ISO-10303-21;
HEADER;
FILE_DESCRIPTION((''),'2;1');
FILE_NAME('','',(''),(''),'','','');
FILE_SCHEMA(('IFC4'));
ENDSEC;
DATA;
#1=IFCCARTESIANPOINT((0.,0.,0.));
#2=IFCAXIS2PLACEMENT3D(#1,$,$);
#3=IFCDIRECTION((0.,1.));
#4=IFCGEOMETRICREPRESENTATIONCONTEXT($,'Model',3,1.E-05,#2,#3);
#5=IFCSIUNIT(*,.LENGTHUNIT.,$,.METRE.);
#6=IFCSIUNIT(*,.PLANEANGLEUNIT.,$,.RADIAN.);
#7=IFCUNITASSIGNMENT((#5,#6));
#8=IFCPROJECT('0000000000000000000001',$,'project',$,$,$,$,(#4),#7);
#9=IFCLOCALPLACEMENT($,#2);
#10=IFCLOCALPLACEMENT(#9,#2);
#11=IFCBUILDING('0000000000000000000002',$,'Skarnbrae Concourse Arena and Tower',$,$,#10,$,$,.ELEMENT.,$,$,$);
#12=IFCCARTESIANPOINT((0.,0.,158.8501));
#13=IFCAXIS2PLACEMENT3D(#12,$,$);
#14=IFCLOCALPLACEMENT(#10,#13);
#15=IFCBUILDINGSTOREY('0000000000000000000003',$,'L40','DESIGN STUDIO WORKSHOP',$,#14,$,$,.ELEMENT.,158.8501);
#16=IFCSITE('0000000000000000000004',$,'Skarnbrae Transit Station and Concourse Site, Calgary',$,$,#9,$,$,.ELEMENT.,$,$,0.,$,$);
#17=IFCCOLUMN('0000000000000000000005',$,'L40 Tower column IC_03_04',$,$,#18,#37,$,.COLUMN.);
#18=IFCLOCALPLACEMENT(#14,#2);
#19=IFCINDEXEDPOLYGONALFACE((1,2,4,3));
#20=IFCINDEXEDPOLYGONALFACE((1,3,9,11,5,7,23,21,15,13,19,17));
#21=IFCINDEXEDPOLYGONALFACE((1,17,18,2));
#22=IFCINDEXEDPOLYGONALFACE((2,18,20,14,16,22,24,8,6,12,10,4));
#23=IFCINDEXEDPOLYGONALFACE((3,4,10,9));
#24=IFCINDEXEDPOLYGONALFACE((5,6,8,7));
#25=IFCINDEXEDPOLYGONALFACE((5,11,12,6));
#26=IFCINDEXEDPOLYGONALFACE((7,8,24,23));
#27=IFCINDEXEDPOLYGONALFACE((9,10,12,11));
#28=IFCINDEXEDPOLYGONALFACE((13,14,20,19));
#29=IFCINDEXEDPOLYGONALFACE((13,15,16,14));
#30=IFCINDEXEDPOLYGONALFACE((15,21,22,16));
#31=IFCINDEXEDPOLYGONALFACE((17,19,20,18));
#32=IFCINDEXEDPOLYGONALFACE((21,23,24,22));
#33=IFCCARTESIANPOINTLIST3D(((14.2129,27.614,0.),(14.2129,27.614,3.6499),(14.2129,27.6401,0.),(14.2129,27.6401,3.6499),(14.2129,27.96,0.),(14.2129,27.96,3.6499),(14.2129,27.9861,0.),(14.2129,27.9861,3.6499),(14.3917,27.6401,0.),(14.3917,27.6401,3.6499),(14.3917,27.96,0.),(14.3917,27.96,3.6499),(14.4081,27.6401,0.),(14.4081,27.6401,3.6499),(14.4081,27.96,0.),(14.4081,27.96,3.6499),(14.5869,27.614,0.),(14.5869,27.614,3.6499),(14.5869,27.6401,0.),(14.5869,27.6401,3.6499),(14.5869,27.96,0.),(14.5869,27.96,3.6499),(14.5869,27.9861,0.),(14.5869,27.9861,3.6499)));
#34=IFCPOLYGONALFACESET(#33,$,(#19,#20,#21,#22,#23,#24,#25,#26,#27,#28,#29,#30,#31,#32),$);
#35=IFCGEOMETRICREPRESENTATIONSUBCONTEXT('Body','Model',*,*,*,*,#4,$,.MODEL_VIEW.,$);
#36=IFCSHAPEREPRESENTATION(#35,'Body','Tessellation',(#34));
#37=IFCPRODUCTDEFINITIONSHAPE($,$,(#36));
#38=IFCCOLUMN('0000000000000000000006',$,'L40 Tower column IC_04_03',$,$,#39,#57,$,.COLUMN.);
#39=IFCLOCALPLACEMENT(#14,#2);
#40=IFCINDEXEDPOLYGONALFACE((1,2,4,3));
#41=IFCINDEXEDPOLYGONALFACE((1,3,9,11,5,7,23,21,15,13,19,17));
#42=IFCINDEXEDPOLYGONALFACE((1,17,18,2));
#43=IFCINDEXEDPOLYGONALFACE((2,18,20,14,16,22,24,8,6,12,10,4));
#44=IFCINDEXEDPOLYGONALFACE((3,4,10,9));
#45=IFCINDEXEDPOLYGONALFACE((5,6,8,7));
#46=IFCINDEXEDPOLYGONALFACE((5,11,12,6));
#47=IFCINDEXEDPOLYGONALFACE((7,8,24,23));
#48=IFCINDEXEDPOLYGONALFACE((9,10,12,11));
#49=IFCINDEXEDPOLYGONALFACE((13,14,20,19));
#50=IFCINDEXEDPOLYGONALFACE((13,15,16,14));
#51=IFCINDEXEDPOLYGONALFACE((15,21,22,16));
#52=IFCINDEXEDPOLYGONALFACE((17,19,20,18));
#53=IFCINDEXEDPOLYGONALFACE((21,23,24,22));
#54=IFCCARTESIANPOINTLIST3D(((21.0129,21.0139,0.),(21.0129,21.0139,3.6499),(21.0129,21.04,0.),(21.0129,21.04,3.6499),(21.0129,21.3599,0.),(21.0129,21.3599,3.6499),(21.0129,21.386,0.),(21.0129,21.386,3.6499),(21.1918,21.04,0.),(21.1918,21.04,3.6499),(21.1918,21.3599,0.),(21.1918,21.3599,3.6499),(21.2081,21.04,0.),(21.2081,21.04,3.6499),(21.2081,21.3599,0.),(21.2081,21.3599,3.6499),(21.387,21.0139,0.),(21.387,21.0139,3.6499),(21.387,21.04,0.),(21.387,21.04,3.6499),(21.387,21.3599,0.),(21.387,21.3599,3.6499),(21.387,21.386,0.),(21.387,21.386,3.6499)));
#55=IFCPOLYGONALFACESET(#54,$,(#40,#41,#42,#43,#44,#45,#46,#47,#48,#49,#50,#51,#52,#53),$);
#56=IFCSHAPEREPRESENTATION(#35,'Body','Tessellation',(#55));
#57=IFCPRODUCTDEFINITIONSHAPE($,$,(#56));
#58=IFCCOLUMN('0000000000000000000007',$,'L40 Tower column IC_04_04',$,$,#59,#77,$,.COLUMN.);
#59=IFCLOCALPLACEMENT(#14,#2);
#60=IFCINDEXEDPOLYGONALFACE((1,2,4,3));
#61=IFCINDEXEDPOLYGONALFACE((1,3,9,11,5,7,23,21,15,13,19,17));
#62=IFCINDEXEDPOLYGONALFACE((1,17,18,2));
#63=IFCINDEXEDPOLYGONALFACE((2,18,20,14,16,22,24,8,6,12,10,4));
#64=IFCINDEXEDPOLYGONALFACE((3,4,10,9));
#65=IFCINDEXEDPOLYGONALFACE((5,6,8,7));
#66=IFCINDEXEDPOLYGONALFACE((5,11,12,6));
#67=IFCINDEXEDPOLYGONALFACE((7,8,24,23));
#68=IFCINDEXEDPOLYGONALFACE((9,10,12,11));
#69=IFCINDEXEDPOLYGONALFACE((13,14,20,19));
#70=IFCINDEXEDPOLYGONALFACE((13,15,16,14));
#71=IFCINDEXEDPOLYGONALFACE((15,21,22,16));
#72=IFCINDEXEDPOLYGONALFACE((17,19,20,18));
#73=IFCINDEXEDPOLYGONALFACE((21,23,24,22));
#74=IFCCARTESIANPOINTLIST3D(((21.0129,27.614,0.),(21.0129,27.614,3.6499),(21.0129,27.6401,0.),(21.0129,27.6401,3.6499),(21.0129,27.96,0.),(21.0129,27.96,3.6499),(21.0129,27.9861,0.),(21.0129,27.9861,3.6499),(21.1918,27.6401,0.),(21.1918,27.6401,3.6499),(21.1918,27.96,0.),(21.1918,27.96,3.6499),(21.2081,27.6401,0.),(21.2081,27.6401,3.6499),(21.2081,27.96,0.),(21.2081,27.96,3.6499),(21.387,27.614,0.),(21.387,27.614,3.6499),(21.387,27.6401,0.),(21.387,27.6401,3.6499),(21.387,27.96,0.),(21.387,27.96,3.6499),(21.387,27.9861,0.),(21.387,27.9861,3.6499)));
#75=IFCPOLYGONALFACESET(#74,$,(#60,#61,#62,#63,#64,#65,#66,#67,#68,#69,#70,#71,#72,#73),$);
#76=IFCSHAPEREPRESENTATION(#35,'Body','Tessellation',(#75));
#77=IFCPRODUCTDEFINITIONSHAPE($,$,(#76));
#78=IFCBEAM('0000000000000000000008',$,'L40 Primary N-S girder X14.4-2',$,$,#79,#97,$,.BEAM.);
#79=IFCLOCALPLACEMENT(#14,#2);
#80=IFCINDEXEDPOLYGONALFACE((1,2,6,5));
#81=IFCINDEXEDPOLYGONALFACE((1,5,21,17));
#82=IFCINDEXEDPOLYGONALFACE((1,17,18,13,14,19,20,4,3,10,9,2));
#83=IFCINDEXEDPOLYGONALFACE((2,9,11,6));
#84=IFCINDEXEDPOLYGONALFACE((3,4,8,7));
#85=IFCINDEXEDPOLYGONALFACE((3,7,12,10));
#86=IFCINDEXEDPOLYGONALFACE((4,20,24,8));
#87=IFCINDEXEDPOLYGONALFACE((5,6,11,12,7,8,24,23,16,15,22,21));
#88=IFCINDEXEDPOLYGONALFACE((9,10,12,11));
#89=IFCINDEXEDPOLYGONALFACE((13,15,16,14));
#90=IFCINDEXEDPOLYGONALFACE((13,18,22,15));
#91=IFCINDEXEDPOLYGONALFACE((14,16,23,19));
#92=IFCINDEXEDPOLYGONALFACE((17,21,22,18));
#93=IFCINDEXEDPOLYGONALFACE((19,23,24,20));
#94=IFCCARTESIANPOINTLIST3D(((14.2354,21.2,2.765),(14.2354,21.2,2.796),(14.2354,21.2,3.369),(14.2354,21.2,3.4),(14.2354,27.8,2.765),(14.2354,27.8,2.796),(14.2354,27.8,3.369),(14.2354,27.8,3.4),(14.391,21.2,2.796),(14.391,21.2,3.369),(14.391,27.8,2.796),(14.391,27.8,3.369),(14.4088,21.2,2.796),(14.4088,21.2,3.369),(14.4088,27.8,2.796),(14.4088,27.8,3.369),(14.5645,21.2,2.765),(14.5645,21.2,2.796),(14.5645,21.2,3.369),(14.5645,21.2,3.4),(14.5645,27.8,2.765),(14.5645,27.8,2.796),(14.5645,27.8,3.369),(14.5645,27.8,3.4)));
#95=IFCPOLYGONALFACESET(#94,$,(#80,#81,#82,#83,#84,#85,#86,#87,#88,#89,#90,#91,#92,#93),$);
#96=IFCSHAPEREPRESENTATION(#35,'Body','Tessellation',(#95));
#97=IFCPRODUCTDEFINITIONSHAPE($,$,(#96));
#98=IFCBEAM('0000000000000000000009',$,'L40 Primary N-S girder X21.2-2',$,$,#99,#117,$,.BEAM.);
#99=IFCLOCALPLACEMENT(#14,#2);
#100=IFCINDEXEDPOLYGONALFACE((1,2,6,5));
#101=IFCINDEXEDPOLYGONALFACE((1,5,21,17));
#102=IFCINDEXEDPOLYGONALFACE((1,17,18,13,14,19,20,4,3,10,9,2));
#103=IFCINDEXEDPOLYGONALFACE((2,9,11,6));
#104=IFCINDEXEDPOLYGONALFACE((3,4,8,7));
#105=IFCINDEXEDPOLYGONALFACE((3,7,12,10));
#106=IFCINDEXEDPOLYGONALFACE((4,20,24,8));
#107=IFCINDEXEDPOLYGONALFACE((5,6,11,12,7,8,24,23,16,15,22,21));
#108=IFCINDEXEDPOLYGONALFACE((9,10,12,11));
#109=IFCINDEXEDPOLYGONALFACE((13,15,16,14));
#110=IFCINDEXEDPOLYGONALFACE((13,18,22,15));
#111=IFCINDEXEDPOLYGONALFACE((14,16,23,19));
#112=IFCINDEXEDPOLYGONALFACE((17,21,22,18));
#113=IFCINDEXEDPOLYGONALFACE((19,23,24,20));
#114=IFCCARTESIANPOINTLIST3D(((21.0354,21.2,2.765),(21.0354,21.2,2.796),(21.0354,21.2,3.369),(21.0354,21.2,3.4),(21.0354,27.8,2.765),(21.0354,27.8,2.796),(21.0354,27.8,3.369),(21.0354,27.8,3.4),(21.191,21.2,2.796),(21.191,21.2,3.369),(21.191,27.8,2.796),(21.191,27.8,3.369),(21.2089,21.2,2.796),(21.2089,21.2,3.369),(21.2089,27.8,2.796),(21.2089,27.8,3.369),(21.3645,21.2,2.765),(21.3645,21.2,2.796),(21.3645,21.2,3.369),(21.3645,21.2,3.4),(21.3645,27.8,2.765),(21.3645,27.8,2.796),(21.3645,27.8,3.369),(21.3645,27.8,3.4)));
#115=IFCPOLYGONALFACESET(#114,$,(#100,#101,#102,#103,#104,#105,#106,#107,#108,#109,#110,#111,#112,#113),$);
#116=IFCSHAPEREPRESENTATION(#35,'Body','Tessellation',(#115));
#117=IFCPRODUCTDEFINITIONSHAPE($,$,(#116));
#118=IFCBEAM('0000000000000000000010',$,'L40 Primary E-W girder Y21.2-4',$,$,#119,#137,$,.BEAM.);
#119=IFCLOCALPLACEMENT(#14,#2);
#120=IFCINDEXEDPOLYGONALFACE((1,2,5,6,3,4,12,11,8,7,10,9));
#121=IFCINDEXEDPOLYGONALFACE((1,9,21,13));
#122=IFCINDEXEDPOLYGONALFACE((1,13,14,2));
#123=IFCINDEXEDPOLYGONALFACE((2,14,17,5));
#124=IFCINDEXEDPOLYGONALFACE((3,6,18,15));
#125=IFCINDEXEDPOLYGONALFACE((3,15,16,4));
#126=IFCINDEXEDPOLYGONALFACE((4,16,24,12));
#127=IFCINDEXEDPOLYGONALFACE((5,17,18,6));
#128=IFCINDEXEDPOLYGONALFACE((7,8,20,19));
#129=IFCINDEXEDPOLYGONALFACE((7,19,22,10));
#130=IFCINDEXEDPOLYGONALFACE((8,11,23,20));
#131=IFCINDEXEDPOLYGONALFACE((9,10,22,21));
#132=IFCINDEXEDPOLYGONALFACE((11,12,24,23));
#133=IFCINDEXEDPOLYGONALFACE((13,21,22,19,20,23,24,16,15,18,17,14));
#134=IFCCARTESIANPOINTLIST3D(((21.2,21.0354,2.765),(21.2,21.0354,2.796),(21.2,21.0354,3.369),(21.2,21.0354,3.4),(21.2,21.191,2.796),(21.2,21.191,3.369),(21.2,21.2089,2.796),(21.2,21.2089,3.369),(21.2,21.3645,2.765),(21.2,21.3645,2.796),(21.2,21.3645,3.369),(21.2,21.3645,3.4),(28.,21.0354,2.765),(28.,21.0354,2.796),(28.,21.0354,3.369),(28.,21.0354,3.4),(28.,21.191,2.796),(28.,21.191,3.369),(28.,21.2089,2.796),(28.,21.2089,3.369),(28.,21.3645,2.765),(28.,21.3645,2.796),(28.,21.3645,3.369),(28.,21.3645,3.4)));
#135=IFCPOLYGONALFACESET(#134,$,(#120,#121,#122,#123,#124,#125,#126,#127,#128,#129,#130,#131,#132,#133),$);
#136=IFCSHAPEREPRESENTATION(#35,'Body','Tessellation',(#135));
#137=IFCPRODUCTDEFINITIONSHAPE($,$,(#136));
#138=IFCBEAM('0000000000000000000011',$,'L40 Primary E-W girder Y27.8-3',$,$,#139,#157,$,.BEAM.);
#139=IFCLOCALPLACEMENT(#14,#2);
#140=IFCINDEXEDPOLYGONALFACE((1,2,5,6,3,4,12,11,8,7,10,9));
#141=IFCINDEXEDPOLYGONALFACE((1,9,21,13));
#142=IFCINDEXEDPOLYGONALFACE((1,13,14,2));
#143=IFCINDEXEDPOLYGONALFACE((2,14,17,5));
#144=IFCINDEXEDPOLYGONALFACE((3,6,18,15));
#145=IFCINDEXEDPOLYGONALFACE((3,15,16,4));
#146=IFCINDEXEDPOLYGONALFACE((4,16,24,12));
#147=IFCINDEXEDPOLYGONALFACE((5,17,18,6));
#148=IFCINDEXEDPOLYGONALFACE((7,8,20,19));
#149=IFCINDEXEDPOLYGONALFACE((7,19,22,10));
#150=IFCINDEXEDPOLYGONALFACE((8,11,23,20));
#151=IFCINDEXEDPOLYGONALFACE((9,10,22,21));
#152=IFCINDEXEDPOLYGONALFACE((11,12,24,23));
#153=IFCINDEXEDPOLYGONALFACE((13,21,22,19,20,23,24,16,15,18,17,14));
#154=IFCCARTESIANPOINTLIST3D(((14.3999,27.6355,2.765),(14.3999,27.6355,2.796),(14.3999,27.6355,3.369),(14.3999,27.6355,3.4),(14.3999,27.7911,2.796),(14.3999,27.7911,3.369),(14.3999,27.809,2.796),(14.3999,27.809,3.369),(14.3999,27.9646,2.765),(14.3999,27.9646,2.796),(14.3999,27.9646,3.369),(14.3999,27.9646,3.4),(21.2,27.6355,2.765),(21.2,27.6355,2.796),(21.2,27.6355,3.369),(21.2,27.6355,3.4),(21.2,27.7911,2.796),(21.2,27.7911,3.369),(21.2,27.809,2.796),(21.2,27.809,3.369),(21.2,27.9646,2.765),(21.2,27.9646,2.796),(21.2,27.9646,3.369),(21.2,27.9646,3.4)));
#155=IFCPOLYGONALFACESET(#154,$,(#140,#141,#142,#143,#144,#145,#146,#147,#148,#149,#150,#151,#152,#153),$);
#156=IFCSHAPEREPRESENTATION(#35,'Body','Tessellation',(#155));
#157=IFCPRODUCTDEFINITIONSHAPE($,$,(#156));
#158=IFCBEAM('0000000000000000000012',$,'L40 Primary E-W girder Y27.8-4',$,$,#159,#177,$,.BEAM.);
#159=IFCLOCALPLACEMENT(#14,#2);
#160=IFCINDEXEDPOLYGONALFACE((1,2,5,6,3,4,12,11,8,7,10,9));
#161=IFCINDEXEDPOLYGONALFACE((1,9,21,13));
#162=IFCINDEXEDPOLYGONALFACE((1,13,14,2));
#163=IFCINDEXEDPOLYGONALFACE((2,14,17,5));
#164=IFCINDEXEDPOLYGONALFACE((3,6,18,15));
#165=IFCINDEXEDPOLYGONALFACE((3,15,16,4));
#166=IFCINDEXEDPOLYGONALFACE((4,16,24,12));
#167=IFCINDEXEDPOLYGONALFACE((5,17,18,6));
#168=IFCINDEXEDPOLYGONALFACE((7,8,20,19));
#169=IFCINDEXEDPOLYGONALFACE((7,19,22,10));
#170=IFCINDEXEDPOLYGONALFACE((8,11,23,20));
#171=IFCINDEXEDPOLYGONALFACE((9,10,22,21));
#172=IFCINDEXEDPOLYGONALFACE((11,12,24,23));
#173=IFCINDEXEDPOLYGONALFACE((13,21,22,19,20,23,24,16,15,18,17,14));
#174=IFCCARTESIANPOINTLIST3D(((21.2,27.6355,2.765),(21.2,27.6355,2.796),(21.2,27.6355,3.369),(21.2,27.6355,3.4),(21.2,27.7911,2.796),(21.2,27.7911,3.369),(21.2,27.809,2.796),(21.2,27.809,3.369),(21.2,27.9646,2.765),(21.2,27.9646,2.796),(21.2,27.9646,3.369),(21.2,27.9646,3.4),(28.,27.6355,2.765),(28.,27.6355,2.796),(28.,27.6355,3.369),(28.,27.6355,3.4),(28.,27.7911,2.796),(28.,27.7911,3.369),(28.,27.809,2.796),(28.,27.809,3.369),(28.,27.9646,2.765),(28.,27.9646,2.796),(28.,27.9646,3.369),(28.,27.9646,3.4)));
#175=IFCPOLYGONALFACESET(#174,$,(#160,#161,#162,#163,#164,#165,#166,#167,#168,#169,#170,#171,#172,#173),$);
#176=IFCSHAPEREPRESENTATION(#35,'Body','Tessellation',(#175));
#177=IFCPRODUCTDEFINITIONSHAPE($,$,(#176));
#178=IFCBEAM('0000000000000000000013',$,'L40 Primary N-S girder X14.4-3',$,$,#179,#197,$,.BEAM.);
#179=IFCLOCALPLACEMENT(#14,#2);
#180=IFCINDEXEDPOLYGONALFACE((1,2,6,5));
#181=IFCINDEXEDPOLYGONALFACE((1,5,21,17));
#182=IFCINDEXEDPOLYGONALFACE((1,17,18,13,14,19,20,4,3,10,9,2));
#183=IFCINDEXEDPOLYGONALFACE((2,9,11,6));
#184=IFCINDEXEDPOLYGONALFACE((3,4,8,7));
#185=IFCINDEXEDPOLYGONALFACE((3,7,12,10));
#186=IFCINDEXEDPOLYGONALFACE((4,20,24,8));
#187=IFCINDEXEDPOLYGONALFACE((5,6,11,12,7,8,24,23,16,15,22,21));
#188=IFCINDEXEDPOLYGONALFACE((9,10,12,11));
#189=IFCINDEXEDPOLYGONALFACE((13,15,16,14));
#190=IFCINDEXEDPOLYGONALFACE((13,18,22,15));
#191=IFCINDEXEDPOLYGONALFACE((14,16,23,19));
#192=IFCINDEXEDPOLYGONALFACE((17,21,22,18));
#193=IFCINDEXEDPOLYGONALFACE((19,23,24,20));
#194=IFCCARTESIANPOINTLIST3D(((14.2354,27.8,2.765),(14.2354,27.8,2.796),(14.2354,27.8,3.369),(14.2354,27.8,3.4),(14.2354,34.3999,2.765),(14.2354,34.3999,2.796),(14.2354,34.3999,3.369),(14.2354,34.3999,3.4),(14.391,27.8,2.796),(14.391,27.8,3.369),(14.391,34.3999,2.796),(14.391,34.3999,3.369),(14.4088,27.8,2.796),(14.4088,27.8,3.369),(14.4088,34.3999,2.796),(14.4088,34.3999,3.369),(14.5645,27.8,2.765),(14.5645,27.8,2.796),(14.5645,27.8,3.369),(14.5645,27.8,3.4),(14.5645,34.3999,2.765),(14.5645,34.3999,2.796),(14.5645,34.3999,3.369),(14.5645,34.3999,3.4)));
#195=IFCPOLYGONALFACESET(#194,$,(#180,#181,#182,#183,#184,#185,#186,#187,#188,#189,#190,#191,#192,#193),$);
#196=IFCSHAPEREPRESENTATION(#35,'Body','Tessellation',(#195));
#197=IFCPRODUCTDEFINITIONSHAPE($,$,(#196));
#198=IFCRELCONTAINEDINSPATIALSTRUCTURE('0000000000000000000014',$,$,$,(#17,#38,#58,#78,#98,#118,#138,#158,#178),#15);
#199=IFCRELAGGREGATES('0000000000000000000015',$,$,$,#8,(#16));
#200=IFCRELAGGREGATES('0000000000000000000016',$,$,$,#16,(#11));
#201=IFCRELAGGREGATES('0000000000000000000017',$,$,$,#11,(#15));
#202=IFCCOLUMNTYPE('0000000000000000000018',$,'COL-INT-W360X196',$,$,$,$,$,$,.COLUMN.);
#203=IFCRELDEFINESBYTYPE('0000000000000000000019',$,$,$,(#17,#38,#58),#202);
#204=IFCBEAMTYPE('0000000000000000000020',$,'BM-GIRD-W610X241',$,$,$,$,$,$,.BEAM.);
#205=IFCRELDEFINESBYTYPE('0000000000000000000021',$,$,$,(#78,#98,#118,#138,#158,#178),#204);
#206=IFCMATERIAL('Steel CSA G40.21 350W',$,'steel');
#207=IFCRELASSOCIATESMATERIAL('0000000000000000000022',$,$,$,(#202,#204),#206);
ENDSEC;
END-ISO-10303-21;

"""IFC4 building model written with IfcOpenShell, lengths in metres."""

from ifc_helpers import new_model, si_unit, direction, frame, origin, origin_2d, place, context, subcontext, project, spatial, i_section, extrude, source, transform, mapped, material, material_profile, profile_set, type_object, element, save


model = new_model("IFC4")

# Units and contexts
model_context = context("Model", 3, precision=1e-05, world=origin(), true_north=direction((0.0, 1.0)))
body_context = subcontext(model_context, "Body", "Model", "MODEL_VIEW")
ifc_project = project(units=[si_unit("LENGTHUNIT", "METRE"), si_unit("PLANEANGLEUNIT", "RADIAN")], contexts=[model_context])

# Site, building, storey
site_placement = place(None, origin())
site = spatial("IfcSite", under=ifc_project, at=site_placement, Name="Skarnbrae Transit Station and Concourse Site, Calgary", CompositionType="ELEMENT", RefElevation=0.0)
building_placement = place(site_placement, origin())
building = spatial("IfcBuilding", under=site, at=building_placement, Name="Skarnbrae Concourse Arena and Tower", CompositionType="ELEMENT")
storey_placement = place(building_placement, frame((0.0, 0.0, 158.8501)))
storey = spatial("IfcBuildingStorey", under=building, at=storey_placement, Name="L40", Description="DESIGN STUDIO WORKSHOP", CompositionType="ELEMENT", Elevation=158.8501)

# Columns
ifc_material_1 = material(Name="Steel CSA G40.21 350W", Category="steel")
ifc_material_profile_1 = material_profile(ifc_material_1, i_section(OverallWidth=0.374, OverallDepth=0.3721, WebThickness=0.0164, FlangeThickness=0.0261, at=origin_2d()), Name="W360X196")
ifc_profile_set_1 = profile_set([ifc_material_profile_1], Name="Steel CSA G40.21 350W")
column_type = type_object("IfcColumnType", Name="COL-INT-W360X196", PredefinedType="COLUMN", material=ifc_profile_set_1)
shared_shape_1 = source(origin(), body_context, "Body", "SweptSolid", [
    extrude(i_section(OverallWidth=0.374, OverallDepth=0.3721, WebThickness=0.0164, FlangeThickness=0.0261, at=origin_2d()), origin(), (0.0, 0.0, 1.0), 3.6499),
])
for number, where, z_axis, x_axis, name in (
    (1, (14.3999, 27.8, 0.0), (0.0, 0.0, 1.0), (1.0, 0.0, 0.0), "L40 Tower column IC_03_04"),
    (2, (21.2, 21.2, 0.0), (0.0, 0.0, 1.0), (1.0, 0.0, 0.0), "L40 Tower column IC_04_03"),
    (3, (21.2, 27.8, 0.0), (0.0, 0.0, 1.0), (1.0, 0.0, 0.0), "L40 Tower column IC_04_04"),
):
    element("IfcColumn", number, at=place(storey_placement, frame(where, z_axis=z_axis, x_axis=x_axis)), inside=storey, type_object=column_type, Name=name, PredefinedType="COLUMN", context=body_context, shape_type="MappedRepresentation", body=[
        mapped(shared_shape_1, transform((0.0, 0.0, 0.0))),
    ])

# Beams
ifc_material_profile_2 = material_profile(ifc_material_1, i_section(OverallWidth=0.3291, OverallDepth=0.635, WebThickness=0.0178, FlangeThickness=0.031, at=origin_2d()), Name="W610X241")
ifc_profile_set_2 = profile_set([ifc_material_profile_2], Name="Steel CSA G40.21 350W")
beam_type_1 = type_object("IfcBeamType", Name="BM-GIRD-W610X241", PredefinedType="BEAM", material=ifc_profile_set_2)
shared_shape_2 = source(origin(), body_context, "Body", "SweptSolid", [
    extrude(i_section(OverallWidth=0.3291, OverallDepth=0.635, WebThickness=0.0178, FlangeThickness=0.031, at=origin_2d()), origin(), (0.0, 0.0, 1.0), 6.6001),
])
for number, where, z_axis, x_axis, name in (
    (4, (14.3999, 21.2, 3.0825), (0.0, 1.0, 0.0), (-1.0, 0.0, 0.0), "L40 Primary N-S girder X14.4-2"),
    (5, (21.2, 21.2, 3.0825), (0.0, 1.0, 0.0), (-1.0, 0.0, 0.0), "L40 Primary N-S girder X21.2-2"),
):
    element("IfcBeam", number, at=place(storey_placement, frame(where, z_axis=z_axis, x_axis=x_axis)), inside=storey, type_object=beam_type_1, Name=name, PredefinedType="BEAM", context=body_context, shape_type="MappedRepresentation", body=[
        mapped(shared_shape_2, transform((0.0, 0.0, 0.0))),
    ])
shared_shape_3 = source(origin(), body_context, "Body", "SweptSolid", [
    extrude(i_section(OverallWidth=0.3291, OverallDepth=0.635, WebThickness=0.0178, FlangeThickness=0.031, at=origin_2d()), origin(), (0.0, 0.0, 1.0), 6.8),
])
for number, where, z_axis, x_axis, name in (
    (6, (21.2, 21.2, 3.0825), (1.0, 0.0, 0.0), (0.0, 1.0, 0.0), "L40 Primary E-W girder Y21.2-4"),
    (7, (14.3999, 27.8, 3.0825), (1.0, 0.0, 0.0), (0.0, 1.0, 0.0), "L40 Primary E-W girder Y27.8-3"),
    (8, (21.2, 27.8, 3.0825), (1.0, 0.0, 0.0), (0.0, 1.0, 0.0), "L40 Primary E-W girder Y27.8-4"),
):
    element("IfcBeam", number, at=place(storey_placement, frame(where, z_axis=z_axis, x_axis=x_axis)), inside=storey, type_object=beam_type_1, Name=name, PredefinedType="BEAM", context=body_context, shape_type="MappedRepresentation", body=[
        mapped(shared_shape_3, transform((0.0, 0.0, 0.0))),
    ])
shared_shape_4 = source(origin(), body_context, "Body", "SweptSolid", [
    extrude(i_section(OverallWidth=0.3291, OverallDepth=0.635, WebThickness=0.0178, FlangeThickness=0.031, at=origin_2d()), origin(), (0.0, 0.0, 1.0), 6.5999),
])
for number, where, z_axis, x_axis, name in (
    (9, (14.3999, 27.8, 3.0825), (0.0, 1.0, 0.0), (-1.0, 0.0, 0.0), "L40 Primary N-S girder X14.4-3"),
):
    element("IfcBeam", number, at=place(storey_placement, frame(where, z_axis=z_axis, x_axis=x_axis)), inside=storey, type_object=beam_type_1, Name=name, PredefinedType="BEAM", context=body_context, shape_type="MappedRepresentation", body=[
        mapped(shared_shape_4, transform((0.0, 0.0, 0.0))),
    ])

save(model, "model.ifc")
